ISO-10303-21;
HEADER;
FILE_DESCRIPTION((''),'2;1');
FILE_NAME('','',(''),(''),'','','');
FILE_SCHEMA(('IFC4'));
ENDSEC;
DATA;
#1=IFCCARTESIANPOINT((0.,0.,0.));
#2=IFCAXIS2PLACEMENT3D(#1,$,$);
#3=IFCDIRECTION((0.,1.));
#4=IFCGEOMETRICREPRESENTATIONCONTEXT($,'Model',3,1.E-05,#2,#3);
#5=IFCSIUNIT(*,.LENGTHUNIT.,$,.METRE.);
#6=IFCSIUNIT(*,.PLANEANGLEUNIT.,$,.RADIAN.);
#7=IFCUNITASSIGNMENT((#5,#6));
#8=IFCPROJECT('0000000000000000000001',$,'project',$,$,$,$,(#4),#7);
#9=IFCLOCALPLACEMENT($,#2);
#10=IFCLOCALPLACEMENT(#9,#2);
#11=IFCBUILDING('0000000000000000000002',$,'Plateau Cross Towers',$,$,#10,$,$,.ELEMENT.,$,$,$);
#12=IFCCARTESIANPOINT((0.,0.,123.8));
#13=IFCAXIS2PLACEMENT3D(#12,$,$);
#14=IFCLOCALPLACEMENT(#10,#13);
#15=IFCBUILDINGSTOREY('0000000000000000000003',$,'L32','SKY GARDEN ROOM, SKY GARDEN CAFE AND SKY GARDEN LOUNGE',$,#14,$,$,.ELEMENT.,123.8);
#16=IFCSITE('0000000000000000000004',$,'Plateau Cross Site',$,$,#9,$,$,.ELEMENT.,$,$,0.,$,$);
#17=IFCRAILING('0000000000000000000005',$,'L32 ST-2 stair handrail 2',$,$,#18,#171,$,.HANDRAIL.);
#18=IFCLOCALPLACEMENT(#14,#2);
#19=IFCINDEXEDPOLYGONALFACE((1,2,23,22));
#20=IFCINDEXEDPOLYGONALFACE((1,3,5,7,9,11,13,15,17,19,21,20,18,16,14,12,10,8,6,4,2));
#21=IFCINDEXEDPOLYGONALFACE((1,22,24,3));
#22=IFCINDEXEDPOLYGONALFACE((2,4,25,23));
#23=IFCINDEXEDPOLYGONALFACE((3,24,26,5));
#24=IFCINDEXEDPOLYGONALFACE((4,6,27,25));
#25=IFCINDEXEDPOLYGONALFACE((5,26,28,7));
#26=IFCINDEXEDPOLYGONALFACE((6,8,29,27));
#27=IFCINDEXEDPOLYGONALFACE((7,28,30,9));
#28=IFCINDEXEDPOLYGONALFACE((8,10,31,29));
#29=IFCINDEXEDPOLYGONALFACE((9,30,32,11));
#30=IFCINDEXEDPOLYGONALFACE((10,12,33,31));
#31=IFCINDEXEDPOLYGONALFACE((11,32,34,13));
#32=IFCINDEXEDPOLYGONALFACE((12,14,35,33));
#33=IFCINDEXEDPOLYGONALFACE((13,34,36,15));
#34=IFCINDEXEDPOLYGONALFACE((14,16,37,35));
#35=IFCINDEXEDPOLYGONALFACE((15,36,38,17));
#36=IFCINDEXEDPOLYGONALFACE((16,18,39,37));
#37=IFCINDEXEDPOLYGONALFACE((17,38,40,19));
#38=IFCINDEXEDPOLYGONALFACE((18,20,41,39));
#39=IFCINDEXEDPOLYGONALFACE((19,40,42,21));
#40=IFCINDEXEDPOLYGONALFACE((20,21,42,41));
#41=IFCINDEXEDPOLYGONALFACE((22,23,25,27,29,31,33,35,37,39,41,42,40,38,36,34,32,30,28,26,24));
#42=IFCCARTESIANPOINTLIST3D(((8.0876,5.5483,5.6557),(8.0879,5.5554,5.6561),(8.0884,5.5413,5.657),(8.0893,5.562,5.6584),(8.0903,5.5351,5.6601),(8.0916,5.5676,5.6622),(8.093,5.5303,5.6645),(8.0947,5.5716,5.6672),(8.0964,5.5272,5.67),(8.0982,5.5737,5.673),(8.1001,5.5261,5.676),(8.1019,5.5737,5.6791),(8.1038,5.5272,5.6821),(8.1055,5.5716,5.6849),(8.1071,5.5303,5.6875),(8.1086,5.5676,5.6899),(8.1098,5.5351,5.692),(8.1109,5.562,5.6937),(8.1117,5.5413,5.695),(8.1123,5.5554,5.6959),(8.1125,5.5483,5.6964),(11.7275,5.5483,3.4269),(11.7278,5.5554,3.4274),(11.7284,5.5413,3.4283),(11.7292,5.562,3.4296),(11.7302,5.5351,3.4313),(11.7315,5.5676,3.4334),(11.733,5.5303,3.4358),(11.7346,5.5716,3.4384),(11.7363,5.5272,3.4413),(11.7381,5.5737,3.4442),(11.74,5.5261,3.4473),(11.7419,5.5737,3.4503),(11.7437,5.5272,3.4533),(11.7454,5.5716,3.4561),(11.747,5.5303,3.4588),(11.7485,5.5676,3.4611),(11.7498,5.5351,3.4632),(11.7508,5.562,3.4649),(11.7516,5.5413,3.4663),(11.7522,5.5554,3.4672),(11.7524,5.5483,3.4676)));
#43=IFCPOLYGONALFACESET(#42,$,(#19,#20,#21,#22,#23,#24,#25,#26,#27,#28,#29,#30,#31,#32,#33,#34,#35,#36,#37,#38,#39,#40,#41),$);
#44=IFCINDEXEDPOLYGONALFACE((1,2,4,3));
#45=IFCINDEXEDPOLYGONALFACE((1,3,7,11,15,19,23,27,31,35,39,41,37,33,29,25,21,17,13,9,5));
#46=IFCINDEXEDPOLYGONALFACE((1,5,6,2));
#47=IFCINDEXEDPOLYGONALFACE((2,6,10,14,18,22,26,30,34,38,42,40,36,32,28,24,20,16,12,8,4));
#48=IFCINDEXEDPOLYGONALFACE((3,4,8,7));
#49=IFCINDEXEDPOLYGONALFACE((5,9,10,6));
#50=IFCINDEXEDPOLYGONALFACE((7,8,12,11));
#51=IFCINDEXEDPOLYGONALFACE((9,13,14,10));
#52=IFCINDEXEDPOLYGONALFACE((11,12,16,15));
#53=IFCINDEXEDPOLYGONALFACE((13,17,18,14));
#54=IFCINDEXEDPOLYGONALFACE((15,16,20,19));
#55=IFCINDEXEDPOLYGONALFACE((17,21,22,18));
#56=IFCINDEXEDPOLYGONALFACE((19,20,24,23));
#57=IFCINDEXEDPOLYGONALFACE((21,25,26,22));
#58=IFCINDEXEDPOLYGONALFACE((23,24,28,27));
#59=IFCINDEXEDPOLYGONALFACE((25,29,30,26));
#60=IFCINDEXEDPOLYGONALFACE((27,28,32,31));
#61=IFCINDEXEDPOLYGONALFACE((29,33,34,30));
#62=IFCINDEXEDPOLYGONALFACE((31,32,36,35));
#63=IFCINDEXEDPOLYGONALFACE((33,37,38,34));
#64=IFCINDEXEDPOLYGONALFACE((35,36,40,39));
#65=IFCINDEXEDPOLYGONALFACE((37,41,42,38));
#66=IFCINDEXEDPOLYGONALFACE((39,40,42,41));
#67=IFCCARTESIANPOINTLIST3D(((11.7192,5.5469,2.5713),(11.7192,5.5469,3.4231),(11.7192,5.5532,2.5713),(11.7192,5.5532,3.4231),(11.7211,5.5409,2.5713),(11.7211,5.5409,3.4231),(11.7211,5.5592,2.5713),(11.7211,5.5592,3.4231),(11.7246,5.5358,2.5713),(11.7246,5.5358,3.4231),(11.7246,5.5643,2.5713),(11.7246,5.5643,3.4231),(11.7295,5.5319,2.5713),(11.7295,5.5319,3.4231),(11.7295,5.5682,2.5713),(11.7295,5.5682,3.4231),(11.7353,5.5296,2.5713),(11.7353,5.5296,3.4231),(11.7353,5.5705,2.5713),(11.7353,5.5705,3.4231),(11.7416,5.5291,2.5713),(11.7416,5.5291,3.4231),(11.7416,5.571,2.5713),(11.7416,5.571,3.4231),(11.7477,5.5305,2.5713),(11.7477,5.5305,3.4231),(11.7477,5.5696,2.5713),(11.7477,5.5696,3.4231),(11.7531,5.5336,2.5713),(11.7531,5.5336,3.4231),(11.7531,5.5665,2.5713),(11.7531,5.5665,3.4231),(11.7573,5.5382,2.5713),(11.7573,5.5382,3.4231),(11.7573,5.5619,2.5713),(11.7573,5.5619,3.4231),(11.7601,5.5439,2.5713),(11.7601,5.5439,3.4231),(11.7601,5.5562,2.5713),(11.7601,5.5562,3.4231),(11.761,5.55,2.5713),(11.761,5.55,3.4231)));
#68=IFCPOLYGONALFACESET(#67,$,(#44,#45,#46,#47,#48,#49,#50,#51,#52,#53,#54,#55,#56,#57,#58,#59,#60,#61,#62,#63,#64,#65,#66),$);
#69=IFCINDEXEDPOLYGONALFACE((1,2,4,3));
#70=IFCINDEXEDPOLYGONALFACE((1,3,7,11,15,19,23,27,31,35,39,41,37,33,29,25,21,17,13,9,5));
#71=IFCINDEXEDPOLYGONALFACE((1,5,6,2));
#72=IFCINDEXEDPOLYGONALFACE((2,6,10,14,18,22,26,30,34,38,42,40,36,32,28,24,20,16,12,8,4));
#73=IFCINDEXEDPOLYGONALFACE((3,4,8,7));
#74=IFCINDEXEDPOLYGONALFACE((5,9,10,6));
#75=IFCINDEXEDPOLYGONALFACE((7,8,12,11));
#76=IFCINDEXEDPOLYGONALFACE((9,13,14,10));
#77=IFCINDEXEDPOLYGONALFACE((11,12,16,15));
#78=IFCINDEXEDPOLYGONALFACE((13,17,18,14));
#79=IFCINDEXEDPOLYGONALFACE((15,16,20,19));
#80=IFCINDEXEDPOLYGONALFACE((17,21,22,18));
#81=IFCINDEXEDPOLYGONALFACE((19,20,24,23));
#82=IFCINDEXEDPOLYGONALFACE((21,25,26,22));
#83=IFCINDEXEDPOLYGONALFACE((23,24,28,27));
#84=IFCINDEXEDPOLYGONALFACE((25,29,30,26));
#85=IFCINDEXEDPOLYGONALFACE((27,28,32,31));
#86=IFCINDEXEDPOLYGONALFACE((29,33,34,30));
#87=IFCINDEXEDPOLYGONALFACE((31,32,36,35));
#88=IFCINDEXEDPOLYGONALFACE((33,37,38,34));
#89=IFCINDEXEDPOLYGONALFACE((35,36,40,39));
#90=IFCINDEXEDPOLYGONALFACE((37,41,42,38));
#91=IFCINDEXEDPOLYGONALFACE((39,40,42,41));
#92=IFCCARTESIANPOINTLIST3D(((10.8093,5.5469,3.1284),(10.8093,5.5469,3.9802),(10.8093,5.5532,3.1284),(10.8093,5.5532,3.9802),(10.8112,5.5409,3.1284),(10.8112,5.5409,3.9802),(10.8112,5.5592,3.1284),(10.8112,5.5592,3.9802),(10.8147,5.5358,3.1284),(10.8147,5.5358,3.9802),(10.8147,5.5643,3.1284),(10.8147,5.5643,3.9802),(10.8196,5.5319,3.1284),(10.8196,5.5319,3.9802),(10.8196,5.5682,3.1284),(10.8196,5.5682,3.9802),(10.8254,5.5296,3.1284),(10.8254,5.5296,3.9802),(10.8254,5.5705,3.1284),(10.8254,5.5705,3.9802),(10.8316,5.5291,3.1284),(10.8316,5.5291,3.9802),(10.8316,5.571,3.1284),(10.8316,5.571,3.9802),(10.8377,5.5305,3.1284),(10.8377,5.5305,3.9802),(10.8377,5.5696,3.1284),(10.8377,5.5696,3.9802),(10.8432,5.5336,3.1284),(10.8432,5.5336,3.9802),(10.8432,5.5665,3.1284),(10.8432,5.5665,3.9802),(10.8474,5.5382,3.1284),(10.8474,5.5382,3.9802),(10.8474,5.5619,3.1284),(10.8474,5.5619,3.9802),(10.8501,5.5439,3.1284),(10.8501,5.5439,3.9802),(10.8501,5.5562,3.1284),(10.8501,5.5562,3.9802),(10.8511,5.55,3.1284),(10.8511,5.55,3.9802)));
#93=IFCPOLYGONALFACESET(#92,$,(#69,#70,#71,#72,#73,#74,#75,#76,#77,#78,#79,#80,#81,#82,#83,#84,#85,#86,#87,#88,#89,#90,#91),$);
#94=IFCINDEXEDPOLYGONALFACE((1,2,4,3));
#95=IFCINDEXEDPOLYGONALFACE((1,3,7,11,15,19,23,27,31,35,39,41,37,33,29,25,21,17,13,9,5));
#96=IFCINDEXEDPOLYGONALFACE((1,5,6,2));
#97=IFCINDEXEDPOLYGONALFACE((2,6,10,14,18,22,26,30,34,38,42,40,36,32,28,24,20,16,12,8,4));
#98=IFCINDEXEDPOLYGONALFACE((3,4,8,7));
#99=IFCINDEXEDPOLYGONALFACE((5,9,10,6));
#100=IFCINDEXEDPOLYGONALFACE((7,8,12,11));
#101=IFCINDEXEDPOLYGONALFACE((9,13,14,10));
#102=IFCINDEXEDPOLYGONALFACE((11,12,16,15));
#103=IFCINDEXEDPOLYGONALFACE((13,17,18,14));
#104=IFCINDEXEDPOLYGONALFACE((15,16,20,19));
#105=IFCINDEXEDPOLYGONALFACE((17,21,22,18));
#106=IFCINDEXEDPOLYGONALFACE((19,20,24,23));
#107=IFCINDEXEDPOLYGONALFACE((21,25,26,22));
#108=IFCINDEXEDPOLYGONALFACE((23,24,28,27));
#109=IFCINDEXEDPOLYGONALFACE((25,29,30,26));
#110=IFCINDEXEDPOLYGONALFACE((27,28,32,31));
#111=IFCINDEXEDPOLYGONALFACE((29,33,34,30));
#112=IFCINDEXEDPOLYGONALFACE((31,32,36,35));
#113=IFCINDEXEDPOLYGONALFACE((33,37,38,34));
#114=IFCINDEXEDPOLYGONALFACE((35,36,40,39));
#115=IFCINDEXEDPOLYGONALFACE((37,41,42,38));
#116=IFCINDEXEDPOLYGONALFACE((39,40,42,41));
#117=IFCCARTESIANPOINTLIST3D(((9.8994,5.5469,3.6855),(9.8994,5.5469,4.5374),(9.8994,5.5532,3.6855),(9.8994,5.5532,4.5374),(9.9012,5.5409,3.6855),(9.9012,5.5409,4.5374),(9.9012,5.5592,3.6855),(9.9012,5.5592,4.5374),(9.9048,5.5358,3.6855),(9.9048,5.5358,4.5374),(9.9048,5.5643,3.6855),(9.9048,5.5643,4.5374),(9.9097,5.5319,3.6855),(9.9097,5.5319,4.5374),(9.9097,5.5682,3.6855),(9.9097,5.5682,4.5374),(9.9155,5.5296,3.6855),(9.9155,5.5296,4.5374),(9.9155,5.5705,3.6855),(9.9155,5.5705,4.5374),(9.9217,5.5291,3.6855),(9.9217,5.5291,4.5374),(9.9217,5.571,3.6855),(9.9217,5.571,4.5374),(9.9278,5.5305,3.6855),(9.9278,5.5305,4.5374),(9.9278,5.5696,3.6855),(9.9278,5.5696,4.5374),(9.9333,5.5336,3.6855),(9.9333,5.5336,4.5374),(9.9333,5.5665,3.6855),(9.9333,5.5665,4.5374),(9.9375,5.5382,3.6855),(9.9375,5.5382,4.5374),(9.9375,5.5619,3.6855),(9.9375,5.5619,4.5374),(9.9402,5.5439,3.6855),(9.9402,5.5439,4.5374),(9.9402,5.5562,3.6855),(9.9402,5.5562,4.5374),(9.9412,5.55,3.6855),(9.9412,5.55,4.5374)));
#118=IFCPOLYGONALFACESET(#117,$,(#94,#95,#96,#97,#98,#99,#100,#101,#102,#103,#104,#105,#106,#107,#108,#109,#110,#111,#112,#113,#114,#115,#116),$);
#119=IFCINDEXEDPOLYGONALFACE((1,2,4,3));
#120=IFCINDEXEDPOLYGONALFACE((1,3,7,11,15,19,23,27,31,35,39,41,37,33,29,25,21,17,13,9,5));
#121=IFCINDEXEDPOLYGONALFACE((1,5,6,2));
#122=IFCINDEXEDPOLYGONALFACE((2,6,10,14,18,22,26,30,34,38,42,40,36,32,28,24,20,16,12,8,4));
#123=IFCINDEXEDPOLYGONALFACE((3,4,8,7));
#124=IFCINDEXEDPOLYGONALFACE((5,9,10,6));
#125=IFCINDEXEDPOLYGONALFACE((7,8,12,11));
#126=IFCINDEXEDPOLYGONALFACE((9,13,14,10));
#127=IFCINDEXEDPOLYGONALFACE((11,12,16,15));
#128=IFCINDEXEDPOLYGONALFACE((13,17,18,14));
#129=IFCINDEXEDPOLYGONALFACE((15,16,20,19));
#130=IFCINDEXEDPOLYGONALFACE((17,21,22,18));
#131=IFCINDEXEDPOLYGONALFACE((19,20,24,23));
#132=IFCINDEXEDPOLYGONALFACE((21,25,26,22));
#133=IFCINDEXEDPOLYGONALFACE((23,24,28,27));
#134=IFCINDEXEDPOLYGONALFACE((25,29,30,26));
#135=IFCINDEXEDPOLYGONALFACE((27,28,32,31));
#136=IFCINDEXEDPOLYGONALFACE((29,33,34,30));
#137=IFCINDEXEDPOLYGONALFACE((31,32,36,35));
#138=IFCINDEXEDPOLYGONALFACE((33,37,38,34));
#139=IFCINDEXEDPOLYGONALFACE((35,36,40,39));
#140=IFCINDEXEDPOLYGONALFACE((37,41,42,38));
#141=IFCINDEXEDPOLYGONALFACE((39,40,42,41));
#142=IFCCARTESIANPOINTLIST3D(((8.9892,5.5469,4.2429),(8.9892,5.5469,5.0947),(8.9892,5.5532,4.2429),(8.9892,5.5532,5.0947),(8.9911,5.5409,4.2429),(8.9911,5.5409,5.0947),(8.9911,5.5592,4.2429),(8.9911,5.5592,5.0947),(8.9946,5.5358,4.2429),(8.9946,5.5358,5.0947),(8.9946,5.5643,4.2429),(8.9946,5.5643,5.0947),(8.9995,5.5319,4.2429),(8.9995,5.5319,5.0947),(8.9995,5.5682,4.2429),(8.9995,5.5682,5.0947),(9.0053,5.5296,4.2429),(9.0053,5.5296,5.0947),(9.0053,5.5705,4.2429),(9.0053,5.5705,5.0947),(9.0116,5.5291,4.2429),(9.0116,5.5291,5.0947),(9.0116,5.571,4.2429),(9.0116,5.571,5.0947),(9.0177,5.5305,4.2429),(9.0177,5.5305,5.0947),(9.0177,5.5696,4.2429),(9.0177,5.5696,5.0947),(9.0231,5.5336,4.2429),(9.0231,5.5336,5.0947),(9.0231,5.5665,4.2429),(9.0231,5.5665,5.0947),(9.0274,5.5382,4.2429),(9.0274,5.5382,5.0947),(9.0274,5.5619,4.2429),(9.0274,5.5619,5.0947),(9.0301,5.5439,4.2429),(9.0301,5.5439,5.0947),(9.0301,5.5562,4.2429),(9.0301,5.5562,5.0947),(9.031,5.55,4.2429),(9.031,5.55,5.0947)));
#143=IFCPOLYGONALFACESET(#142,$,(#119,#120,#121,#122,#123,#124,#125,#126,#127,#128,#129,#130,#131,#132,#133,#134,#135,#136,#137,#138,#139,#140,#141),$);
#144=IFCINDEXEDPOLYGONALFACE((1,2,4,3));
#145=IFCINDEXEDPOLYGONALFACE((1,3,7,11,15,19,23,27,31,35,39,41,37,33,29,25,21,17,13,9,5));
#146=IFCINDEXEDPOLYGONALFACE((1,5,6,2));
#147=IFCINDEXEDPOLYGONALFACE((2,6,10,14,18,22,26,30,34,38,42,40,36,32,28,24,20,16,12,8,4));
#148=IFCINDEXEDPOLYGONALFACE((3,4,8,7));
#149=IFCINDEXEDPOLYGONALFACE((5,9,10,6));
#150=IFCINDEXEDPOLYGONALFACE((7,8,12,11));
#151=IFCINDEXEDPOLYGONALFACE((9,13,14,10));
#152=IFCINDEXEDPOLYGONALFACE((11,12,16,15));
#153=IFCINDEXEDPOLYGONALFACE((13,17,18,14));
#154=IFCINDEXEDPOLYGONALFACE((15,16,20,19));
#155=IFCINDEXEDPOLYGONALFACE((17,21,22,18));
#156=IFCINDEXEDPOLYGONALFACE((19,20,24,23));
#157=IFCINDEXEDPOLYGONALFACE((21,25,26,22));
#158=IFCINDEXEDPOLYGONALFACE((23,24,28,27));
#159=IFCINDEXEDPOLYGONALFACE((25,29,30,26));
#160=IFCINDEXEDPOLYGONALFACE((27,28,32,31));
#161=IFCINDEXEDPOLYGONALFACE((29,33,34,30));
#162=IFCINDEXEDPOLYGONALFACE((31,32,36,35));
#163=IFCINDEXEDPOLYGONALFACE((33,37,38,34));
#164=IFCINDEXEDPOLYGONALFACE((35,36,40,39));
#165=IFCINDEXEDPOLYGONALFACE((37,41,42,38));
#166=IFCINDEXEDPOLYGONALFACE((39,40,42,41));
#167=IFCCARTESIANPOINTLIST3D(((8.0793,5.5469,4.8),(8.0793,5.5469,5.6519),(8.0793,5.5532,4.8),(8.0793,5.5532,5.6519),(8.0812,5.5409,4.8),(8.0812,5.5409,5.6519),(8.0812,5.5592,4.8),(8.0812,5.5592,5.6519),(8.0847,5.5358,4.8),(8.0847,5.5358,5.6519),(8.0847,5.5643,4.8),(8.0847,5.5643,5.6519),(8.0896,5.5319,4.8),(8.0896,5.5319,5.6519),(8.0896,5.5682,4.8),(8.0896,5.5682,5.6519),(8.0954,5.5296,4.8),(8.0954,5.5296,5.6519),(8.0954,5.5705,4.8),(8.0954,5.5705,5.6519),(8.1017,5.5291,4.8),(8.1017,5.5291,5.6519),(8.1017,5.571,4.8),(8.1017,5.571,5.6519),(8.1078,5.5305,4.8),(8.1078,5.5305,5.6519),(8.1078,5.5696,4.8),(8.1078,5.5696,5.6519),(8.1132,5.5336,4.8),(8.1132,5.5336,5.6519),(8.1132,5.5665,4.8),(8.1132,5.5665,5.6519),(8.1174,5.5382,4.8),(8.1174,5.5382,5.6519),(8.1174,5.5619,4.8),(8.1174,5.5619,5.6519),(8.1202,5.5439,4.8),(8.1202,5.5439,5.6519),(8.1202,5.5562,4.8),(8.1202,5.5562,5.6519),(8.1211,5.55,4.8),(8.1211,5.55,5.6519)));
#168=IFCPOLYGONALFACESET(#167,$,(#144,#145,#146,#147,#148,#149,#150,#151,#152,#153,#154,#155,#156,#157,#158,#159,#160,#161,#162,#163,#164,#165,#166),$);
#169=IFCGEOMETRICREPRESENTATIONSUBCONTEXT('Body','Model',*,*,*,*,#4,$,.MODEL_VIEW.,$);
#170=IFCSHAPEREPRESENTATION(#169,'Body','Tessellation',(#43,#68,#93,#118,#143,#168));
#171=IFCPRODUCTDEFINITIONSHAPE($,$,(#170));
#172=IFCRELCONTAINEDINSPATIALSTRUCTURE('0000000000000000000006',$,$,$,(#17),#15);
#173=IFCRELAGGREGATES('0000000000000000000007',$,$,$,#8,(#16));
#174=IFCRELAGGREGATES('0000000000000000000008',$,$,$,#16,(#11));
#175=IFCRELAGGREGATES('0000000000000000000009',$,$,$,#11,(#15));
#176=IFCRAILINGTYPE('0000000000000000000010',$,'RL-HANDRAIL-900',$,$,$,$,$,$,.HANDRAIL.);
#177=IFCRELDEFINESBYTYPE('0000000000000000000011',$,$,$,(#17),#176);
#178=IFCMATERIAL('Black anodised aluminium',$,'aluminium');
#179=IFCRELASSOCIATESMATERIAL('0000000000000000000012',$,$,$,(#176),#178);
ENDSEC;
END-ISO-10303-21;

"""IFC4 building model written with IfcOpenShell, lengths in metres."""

from ifc_helpers import new_model, si_unit, direction, frame, origin, origin_2d, place, context, subcontext, project, spatial, circle, extrude, material, type_object, element, save


model = new_model("IFC4")

# Units and contexts
model_context = context("Model", 3, precision=1e-05, world=origin(), true_north=direction((0.0, 1.0)))
body_context = subcontext(model_context, "Body", "Model", "MODEL_VIEW")
ifc_project = project(units=[si_unit("LENGTHUNIT", "METRE"), si_unit("PLANEANGLEUNIT", "RADIAN")], contexts=[model_context])

# Site, building, storey
site_placement = place(None, origin())
site = spatial("IfcSite", under=ifc_project, at=site_placement, Name="Plateau Cross Site", CompositionType="ELEMENT", RefElevation=0.0)
building_placement = place(site_placement, origin())
building = spatial("IfcBuilding", under=site, at=building_placement, Name="Plateau Cross Towers", CompositionType="ELEMENT")
storey_placement = place(building_placement, frame((0.0, 0.0, 123.8)))
storey = spatial("IfcBuildingStorey", under=building, at=storey_placement, Name="L32", Description="SKY GARDEN ROOM, SKY GARDEN CAFE AND SKY GARDEN LOUNGE", CompositionType="ELEMENT", Elevation=123.8)

# Railing
ifc_material_1 = material(Name="Black anodised aluminium", Category="aluminium")
railing_type_1 = type_object("IfcRailingType", Name="RL-HANDRAIL-900", PredefinedType="HANDRAIL", material=ifc_material_1)
railing_1_placement = place(storey_placement, frame((11.74, 5.55, 2.5713)))
element("IfcRailing", 1, at=railing_1_placement, inside=storey, type_object=railing_type_1, Name="L32 ST-2 stair handrail 2", PredefinedType="HANDRAIL", context=body_context, shape_type="SweptSolid", body=[
    extrude(circle(Radius=0.0239, at=origin_2d()), frame((0.0, 0.0, 0.876), z_axis=(-0.852825, 0.0, 0.522197), x_axis=(0.0, -1.0, 0.0)), (0.0, 0.0, 1.0), 4.2681),
    extrude(circle(Radius=0.021, at=origin_2d()), origin(), (0.0, 0.0, 1.0), 0.8518),
    extrude(circle(Radius=0.021, at=origin_2d()), frame((-0.9099, 0.0, 0.5571)), (0.0, 0.0, 1.0), 0.8518),
    extrude(circle(Radius=0.021, at=origin_2d()), frame((-1.8198, 0.0, 1.1143)), (0.0, 0.0, 1.0), 0.8518),
    extrude(circle(Radius=0.021, at=origin_2d()), frame((-2.73, 0.0, 1.6716)), (0.0, 0.0, 1.0), 0.8518),
    extrude(circle(Radius=0.021, at=origin_2d()), frame((-3.6399, 0.0, 2.2288)), (0.0, 0.0, 1.0), 0.8518),
])

save(model, "model.ifc")
